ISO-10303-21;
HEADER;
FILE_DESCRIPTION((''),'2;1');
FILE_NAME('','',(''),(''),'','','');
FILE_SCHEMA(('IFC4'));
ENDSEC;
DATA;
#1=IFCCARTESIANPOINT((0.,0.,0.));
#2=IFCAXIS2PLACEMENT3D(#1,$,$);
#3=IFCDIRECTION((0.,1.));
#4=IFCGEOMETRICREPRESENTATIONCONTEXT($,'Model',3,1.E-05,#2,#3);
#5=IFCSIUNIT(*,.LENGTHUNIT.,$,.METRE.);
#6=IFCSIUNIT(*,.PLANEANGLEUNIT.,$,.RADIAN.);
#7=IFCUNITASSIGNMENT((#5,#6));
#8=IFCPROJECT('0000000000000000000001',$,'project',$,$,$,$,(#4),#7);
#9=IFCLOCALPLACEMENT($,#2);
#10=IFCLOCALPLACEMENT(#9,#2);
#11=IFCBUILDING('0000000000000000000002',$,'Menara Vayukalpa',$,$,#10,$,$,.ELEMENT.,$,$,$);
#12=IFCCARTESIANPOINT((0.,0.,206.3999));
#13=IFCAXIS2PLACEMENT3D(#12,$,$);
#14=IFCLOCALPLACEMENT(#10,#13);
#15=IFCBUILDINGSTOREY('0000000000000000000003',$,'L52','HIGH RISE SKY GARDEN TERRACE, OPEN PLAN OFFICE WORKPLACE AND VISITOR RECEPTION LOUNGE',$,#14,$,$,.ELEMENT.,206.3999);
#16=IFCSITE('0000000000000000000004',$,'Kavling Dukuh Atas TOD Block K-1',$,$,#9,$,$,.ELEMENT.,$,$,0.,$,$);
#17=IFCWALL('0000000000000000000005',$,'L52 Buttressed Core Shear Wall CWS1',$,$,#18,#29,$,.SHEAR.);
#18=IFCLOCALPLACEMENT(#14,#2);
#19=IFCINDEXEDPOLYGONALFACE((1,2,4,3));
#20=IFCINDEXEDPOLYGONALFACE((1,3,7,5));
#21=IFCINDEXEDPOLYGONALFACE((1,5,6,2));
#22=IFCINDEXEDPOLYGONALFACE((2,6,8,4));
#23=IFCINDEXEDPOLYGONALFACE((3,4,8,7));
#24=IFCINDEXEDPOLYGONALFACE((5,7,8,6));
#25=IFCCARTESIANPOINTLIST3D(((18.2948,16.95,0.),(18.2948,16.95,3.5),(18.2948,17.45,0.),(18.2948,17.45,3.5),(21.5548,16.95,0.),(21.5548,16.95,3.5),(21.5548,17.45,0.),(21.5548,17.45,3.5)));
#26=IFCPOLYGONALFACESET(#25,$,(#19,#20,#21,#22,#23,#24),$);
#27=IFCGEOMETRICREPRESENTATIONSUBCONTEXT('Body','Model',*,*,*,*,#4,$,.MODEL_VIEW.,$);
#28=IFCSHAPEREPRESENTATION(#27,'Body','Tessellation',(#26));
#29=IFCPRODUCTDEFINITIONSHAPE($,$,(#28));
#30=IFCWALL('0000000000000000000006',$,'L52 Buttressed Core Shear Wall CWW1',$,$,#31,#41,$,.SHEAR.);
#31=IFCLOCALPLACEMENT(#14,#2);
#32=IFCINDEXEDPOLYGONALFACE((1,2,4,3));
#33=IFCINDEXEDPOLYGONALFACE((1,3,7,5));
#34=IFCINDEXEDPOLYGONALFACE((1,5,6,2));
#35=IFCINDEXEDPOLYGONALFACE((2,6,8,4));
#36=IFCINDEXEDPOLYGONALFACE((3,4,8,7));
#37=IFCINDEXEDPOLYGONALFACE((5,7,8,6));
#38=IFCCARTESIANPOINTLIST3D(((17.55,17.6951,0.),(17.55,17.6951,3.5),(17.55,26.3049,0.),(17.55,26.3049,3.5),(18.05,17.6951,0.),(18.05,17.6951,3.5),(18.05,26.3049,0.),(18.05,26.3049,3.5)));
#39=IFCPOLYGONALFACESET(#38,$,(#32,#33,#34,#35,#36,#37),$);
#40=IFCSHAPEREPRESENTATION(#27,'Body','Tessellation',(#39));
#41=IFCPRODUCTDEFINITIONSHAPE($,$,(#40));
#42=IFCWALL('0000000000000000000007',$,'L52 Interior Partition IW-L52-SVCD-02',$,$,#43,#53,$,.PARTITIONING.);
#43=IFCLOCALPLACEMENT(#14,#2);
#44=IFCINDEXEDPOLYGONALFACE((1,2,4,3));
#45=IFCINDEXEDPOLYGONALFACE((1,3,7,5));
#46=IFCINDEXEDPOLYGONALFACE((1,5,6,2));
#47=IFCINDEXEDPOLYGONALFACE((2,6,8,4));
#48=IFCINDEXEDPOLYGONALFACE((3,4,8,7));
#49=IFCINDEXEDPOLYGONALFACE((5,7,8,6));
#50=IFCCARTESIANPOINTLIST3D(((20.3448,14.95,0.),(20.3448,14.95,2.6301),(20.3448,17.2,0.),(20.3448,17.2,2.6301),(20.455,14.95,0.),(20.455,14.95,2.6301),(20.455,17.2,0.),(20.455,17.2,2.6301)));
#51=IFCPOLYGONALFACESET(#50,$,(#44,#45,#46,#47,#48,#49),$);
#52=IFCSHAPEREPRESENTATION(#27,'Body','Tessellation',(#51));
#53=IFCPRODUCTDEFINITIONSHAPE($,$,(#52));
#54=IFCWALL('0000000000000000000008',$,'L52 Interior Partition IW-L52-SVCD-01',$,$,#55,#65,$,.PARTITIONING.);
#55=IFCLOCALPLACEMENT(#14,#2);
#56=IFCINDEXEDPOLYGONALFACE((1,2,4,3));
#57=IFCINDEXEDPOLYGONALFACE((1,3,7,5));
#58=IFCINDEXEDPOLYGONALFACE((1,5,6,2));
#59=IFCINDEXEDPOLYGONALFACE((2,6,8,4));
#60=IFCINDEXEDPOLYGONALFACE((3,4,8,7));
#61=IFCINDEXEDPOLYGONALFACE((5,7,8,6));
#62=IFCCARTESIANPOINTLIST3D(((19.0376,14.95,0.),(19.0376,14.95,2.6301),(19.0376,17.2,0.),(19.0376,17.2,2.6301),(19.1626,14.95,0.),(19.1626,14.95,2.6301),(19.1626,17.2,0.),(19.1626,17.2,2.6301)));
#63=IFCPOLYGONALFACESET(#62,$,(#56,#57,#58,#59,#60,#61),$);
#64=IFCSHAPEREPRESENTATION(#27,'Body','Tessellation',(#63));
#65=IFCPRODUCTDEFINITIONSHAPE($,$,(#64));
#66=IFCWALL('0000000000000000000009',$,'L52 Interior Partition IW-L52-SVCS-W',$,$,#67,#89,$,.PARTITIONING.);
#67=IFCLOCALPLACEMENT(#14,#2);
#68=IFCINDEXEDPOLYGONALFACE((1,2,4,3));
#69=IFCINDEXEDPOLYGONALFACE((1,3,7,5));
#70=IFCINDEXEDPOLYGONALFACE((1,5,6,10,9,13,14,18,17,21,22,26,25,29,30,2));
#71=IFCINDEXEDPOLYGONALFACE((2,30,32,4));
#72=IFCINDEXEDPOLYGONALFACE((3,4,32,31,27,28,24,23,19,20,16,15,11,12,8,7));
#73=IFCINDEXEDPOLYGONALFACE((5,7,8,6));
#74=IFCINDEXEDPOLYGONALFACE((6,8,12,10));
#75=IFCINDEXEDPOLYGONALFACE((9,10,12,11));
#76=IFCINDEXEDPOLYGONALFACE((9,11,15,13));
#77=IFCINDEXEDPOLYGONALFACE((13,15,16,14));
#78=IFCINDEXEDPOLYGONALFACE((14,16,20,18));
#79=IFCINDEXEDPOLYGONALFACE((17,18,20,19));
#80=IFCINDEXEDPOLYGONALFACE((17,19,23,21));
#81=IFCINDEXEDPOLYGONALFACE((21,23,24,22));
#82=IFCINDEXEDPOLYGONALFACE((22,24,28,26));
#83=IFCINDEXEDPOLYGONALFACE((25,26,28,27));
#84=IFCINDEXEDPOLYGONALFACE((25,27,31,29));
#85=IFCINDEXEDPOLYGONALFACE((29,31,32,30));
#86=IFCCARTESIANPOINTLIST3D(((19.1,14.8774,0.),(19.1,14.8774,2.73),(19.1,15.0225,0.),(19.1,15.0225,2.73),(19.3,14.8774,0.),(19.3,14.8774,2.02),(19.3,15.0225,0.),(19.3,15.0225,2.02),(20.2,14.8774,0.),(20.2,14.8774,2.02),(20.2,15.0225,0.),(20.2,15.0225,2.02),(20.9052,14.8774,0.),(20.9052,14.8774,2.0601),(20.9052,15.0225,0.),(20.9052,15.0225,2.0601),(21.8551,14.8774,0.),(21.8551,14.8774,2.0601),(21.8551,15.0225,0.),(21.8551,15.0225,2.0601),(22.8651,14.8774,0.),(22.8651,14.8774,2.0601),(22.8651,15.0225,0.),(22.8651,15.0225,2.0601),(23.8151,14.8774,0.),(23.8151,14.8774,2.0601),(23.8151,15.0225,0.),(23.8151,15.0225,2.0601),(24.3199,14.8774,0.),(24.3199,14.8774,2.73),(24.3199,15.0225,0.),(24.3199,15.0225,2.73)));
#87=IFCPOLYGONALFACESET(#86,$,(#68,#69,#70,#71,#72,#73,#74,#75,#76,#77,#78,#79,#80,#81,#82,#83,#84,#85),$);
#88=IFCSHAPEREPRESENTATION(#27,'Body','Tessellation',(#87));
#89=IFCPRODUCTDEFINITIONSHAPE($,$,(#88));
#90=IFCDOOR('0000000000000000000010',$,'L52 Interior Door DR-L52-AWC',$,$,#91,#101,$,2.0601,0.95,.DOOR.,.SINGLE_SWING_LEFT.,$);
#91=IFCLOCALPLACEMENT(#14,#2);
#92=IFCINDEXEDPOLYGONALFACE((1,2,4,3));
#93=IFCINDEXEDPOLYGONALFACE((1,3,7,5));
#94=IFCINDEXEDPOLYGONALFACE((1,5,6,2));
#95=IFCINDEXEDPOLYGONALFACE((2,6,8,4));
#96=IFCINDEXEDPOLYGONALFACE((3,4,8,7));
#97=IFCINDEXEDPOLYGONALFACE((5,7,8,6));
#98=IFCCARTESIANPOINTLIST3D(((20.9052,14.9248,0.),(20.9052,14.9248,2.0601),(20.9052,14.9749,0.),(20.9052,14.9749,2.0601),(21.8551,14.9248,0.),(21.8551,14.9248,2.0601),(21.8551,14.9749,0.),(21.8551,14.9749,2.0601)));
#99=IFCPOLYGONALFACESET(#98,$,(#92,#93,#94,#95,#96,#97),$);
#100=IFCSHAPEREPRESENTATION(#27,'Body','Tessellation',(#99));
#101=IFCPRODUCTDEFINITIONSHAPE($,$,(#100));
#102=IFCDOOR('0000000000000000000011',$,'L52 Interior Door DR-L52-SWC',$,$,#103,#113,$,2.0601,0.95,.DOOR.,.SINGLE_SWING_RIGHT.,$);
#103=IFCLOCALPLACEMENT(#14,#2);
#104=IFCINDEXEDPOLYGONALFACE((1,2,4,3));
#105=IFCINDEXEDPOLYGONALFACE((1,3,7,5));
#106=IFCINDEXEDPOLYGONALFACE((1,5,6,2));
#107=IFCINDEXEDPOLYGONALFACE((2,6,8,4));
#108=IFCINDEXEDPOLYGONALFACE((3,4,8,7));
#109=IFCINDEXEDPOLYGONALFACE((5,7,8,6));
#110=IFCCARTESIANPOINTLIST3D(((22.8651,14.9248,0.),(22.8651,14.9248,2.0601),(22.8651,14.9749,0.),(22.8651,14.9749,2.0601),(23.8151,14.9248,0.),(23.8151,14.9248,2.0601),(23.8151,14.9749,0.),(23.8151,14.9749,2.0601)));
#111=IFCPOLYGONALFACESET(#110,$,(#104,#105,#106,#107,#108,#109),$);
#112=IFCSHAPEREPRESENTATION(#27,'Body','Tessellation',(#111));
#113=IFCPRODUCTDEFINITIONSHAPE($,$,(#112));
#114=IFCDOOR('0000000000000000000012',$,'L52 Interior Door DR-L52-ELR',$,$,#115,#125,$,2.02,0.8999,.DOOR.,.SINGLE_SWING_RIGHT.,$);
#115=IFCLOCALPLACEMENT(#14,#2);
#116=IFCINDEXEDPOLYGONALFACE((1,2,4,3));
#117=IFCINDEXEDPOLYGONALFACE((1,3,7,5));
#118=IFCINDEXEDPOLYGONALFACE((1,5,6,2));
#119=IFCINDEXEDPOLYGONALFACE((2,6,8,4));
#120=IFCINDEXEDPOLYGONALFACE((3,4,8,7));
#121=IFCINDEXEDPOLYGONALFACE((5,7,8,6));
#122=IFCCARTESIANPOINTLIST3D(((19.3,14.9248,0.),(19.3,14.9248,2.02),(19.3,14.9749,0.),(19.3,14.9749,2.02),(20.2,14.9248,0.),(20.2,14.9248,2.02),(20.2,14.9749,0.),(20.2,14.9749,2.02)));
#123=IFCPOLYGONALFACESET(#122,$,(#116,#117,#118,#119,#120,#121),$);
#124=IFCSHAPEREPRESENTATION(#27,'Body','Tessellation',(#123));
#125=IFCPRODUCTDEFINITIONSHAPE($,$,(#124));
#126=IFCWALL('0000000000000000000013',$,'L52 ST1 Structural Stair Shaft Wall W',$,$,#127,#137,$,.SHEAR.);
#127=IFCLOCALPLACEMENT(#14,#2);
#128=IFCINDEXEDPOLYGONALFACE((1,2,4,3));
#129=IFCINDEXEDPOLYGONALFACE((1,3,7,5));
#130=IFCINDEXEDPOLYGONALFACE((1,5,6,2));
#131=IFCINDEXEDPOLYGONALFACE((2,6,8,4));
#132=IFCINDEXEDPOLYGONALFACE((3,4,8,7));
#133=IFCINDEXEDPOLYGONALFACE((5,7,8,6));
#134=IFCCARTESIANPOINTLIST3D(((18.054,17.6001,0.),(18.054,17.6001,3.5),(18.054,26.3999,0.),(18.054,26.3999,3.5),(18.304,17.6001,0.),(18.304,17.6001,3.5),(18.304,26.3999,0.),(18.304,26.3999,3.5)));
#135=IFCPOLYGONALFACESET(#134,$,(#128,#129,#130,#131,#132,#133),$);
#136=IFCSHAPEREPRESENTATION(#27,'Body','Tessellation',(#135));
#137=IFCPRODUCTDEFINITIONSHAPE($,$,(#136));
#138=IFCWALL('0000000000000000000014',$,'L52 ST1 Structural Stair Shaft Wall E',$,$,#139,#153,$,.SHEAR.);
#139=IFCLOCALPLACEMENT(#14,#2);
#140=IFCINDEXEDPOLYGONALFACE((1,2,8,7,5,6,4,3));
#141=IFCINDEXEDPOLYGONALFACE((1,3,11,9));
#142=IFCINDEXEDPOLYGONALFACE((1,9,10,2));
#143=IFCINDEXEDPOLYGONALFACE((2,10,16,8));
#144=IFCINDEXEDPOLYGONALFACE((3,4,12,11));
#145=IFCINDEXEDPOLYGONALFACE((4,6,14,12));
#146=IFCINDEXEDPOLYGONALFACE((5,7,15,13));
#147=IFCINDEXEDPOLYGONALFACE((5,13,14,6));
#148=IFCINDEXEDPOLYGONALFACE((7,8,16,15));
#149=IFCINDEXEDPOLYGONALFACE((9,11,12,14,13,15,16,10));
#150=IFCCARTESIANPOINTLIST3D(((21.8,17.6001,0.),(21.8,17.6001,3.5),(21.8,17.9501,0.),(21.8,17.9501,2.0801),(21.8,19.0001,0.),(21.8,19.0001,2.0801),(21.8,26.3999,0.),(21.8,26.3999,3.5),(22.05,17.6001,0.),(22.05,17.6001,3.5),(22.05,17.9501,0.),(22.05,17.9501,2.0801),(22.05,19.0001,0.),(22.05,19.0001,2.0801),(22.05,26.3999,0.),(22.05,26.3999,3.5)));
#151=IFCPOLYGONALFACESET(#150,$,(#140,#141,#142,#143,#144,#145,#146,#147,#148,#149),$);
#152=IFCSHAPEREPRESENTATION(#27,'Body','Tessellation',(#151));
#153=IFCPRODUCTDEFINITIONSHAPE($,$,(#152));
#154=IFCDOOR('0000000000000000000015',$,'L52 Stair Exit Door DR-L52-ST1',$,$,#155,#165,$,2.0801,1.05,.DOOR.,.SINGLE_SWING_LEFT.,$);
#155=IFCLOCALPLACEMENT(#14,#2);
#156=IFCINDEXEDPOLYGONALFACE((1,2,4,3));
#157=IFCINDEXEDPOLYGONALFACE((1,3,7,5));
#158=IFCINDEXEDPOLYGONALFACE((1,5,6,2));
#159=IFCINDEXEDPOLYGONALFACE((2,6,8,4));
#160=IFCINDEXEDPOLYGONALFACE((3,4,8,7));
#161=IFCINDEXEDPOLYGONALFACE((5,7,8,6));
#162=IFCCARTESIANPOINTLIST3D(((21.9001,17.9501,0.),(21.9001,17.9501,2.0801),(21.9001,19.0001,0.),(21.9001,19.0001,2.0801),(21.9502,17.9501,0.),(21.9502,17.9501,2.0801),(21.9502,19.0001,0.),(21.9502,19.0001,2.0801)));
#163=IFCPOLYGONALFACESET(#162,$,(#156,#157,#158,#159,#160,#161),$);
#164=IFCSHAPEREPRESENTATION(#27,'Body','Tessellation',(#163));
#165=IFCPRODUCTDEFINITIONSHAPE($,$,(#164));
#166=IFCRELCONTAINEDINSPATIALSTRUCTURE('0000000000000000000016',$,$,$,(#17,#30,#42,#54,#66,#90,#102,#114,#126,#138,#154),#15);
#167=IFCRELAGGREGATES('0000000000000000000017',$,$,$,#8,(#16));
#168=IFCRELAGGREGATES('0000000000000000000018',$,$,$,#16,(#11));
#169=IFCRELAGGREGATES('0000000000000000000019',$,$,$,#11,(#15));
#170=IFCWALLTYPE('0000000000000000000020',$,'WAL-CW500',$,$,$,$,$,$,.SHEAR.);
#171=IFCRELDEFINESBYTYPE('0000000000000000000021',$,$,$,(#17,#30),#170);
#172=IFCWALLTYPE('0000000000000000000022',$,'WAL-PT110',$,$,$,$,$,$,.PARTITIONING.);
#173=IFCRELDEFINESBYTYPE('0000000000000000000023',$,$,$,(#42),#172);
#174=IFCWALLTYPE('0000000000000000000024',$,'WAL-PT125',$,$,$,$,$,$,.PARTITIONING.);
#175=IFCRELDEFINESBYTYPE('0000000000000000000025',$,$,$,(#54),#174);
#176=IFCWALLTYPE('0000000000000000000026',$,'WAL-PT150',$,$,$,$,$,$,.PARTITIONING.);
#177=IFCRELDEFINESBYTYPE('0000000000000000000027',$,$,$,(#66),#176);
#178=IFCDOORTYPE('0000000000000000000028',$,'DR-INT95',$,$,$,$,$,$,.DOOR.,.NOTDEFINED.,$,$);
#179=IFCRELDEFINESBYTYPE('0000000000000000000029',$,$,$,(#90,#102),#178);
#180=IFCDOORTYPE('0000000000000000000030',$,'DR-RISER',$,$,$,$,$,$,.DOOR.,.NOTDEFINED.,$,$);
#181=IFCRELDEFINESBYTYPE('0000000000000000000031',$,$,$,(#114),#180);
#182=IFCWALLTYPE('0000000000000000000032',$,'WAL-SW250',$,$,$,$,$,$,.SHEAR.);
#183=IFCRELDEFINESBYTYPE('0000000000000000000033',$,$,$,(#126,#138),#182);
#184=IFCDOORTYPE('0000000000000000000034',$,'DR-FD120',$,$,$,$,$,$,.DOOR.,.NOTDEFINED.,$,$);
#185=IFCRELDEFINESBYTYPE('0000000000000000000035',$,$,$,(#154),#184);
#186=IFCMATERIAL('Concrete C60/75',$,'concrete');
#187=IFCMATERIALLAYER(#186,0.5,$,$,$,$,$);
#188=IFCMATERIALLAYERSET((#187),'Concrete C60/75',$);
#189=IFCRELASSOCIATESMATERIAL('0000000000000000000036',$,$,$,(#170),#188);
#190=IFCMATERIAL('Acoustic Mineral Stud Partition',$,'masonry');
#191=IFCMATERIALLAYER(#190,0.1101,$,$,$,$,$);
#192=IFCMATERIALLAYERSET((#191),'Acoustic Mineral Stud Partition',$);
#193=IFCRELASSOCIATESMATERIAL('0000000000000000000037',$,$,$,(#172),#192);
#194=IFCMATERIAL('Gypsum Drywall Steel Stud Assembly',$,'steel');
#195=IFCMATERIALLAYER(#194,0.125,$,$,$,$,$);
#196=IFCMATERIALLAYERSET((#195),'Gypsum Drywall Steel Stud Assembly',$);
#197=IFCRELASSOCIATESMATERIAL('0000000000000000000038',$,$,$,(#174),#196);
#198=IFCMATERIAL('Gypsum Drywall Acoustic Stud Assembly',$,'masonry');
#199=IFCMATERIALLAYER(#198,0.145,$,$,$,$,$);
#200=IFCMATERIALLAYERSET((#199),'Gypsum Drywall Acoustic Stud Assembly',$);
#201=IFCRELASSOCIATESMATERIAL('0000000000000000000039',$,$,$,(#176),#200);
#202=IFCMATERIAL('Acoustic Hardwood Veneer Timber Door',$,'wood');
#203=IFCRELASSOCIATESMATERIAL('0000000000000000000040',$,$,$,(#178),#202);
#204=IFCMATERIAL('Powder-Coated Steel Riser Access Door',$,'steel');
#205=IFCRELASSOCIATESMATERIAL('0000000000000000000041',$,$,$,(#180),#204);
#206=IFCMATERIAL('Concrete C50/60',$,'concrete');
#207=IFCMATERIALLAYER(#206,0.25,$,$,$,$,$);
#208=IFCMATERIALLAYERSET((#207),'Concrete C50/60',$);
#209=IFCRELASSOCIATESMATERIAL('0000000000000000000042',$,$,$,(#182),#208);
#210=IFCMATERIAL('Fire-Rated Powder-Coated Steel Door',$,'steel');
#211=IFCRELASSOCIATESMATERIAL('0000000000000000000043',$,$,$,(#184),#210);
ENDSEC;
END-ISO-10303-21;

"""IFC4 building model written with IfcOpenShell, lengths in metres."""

from ifc_helpers import new_model, si_unit, direction, frame, frame_2d, origin, place, context, subcontext, project, spatial, rectangle, extrude, material, layer, layer_set, type_object, element, fill, save


model = new_model("IFC4")

# Units and contexts
model_context = context("Model", 3, precision=1e-05, world=origin(), true_north=direction((0.0, 1.0)))
body_context = subcontext(model_context, "Body", "Model", "MODEL_VIEW")
ifc_project = project(units=[si_unit("LENGTHUNIT", "METRE"), si_unit("PLANEANGLEUNIT", "RADIAN")], contexts=[model_context])

# Site, building, storey
site_placement = place(None, origin())
site = spatial("IfcSite", under=ifc_project, at=site_placement, Name="Kavling Dukuh Atas TOD Block K-1", CompositionType="ELEMENT", RefElevation=0.0)
building_placement = place(site_placement, origin())
building = spatial("IfcBuilding", under=site, at=building_placement, Name="Menara Vayukalpa", CompositionType="ELEMENT")
storey_placement = place(building_placement, frame((0.0, 0.0, 206.3999)))
storey = spatial("IfcBuildingStorey", under=building, at=storey_placement, Name="L52", Description="HIGH RISE SKY GARDEN TERRACE, OPEN PLAN OFFICE WORKPLACE AND VISITOR RECEPTION LOUNGE", CompositionType="ELEMENT", Elevation=206.3999)

# Walls
ifc_material_1 = material(Name="Concrete C60/75", Category="concrete")
ifc_layer_1 = layer(ifc_material_1, 0.5)
ifc_layer_set_1 = layer_set([ifc_layer_1], Name="Concrete C60/75")
wall_type_1 = type_object("IfcWallType", Name="WAL-CW500", PredefinedType="SHEAR", material=ifc_layer_set_1)
wall_1_placement = place(storey_placement, frame((18.2949, 17.2, 0.0), z_axis=(0.0, 0.0, 1.0), x_axis=(1.0, 0.0, 0.0)))
element("IfcWall", 1, at=wall_1_placement, inside=storey, type_object=wall_type_1, Name="L52 Buttressed Core Shear Wall CWS1", PredefinedType="SHEAR", context=body_context, shape_type="SweptSolid", body=[
    extrude(rectangle(XDim=3.26, YDim=0.5, at=frame_2d((1.6299, 0.0))), origin(), (0.0, 0.0, 1.0), 3.5),
])
wall_2_placement = place(storey_placement, frame((17.8, 17.6951, 0.0), z_axis=(0.0, 0.0, 1.0), x_axis=(0.0, 1.0, 0.0)))
element("IfcWall", 2, at=wall_2_placement, inside=storey, type_object=wall_type_1, Name="L52 Buttressed Core Shear Wall CWW1", PredefinedType="SHEAR", context=body_context, shape_type="SweptSolid", body=[
    extrude(rectangle(XDim=8.6099, YDim=0.5, at=frame_2d((4.3049, 0.0))), origin(), (0.0, 0.0, 1.0), 3.5),
])
ifc_material_2 = material(Name="Acoustic Mineral Stud Partition", Category="masonry")
ifc_layer_2 = layer(ifc_material_2, 0.1101)
ifc_layer_set_2 = layer_set([ifc_layer_2], Name="Acoustic Mineral Stud Partition")
wall_type_2 = type_object("IfcWallType", Name="WAL-PT110", PredefinedType="PARTITIONING", material=ifc_layer_set_2)
wall_3_placement = place(storey_placement, frame((20.3999, 14.95, 0.0), z_axis=(0.0, 0.0, 1.0), x_axis=(0.0, 1.0, 0.0)))
element("IfcWall", 3, at=wall_3_placement, inside=storey, type_object=wall_type_2, Name="L52 Interior Partition IW-L52-SVCD-02", PredefinedType="PARTITIONING", context=body_context, shape_type="SweptSolid", body=[
    extrude(rectangle(XDim=2.25, YDim=0.1101, at=frame_2d((1.125, 0.0))), origin(), (0.0, 0.0, 1.0), 2.6301),
])
ifc_material_3 = material(Name="Gypsum Drywall Steel Stud Assembly", Category="steel")
ifc_layer_3 = layer(ifc_material_3, 0.125)
ifc_layer_set_3 = layer_set([ifc_layer_3], Name="Gypsum Drywall Steel Stud Assembly")
wall_type_3 = type_object("IfcWallType", Name="WAL-PT125", PredefinedType="PARTITIONING", material=ifc_layer_set_3)
wall_4_placement = place(storey_placement, frame((19.1001, 14.95, 0.0), z_axis=(0.0, 0.0, 1.0), x_axis=(0.0, 1.0, 0.0)))
element("IfcWall", 4, at=wall_4_placement, inside=storey, type_object=wall_type_3, Name="L52 Interior Partition IW-L52-SVCD-01", PredefinedType="PARTITIONING", context=body_context, shape_type="SweptSolid", body=[
    extrude(rectangle(XDim=2.25, YDim=0.125, at=frame_2d((1.125, 0.0))), origin(), (0.0, 0.0, 1.0), 2.6301),
])

# Wall, openings, doors
ifc_material_4 = material(Name="Gypsum Drywall Acoustic Stud Assembly", Category="masonry")
ifc_layer_4 = layer(ifc_material_4, 0.145)
ifc_layer_set_4 = layer_set([ifc_layer_4], Name="Gypsum Drywall Acoustic Stud Assembly")
wall_type_4 = type_object("IfcWallType", Name="WAL-PT150", PredefinedType="PARTITIONING", material=ifc_layer_set_4)
wall_5_placement = place(storey_placement, frame((19.1001, 14.95, 0.0), z_axis=(0.0, 0.0, 1.0), x_axis=(1.0, 0.0, 0.0)))
wall_5 = element("IfcWall", 5, at=wall_5_placement, inside=storey, type_object=wall_type_4, Name="L52 Interior Partition IW-L52-SVCS-W", PredefinedType="PARTITIONING", context=body_context, shape_type="SweptSolid", body=[
    extrude(rectangle(XDim=5.22, YDim=0.145, at=frame_2d((2.6099, 0.0))), origin(), (0.0, 0.0, 1.0), 2.73),
])
opening_1_placement = place(wall_5_placement, frame((0.2, 0.0, 0.0)))
opening_1 = element("IfcOpeningElement", 6, at=opening_1_placement, cuts=wall_5, PredefinedType="OPENING", context=body_context, shape_type="SweptSolid", body=[
    extrude(rectangle(XDim=0.8999, YDim=2.02, at=frame_2d((0.45, 1.01))), frame((0.0, 0.0825, 0.0), z_axis=(0.0, -1.0, 0.0), x_axis=(1.0, 0.0, 0.0)), (0.0, 0.0, 1.0), 0.165),
])
opening_2_placement = place(wall_5_placement, frame((1.8049, 0.0, 0.0)))
opening_2 = element("IfcOpeningElement", 7, at=opening_2_placement, cuts=wall_5, PredefinedType="OPENING", context=body_context, shape_type="SweptSolid", body=[
    extrude(rectangle(XDim=0.95, YDim=2.0601, at=frame_2d((0.4751, 1.03))), frame((0.0, 0.0825, 0.0), z_axis=(0.0, -1.0, 0.0), x_axis=(1.0, 0.0, 0.0)), (0.0, 0.0, 1.0), 0.165),
])
opening_3_placement = place(wall_5_placement, frame((3.7649, 0.0, 0.0)))
opening_3 = element("IfcOpeningElement", 8, at=opening_3_placement, cuts=wall_5, PredefinedType="OPENING", context=body_context, shape_type="SweptSolid", body=[
    extrude(rectangle(XDim=0.95, YDim=2.0601, at=frame_2d((0.4751, 1.03))), frame((0.0, 0.0825, 0.0), z_axis=(0.0, -1.0, 0.0), x_axis=(1.0, 0.0, 0.0)), (0.0, 0.0, 1.0), 0.165),
])
ifc_material_5 = material(Name="Acoustic Hardwood Veneer Timber Door", Category="wood")
door_type_1 = type_object("IfcDoorType", Name="DR-INT95", OperationType="NOTDEFINED", PredefinedType="DOOR", material=ifc_material_5)
door_1_placement = place(opening_2_placement, origin())
door_1 = element("IfcDoor", 9, at=door_1_placement, inside=storey, type_object=door_type_1, Name="L52 Interior Door DR-L52-AWC", OperationType="SINGLE_SWING_LEFT", OverallHeight=2.0601, OverallWidth=0.95, PredefinedType="DOOR", context=body_context, shape_type="SweptSolid", body=[
    extrude(rectangle(XDim=0.95, YDim=2.0601, at=frame_2d((0.4751, 1.03))), frame((0.0, 0.0249, 0.0), z_axis=(0.0, -1.0, 0.0), x_axis=(1.0, 0.0, 0.0)), (0.0, 0.0, 1.0), 0.05),
])
fill(opening_2, door_1)
door_2_placement = place(opening_3_placement, origin())
door_2 = element("IfcDoor", 10, at=door_2_placement, inside=storey, type_object=door_type_1, Name="L52 Interior Door DR-L52-SWC", OperationType="SINGLE_SWING_RIGHT", OverallHeight=2.0601, OverallWidth=0.95, PredefinedType="DOOR", context=body_context, shape_type="SweptSolid", body=[
    extrude(rectangle(XDim=0.95, YDim=2.0601, at=frame_2d((0.4751, 1.03))), frame((0.0, 0.0249, 0.0), z_axis=(0.0, -1.0, 0.0), x_axis=(1.0, 0.0, 0.0)), (0.0, 0.0, 1.0), 0.05),
])
fill(opening_3, door_2)
ifc_material_6 = material(Name="Powder-Coated Steel Riser Access Door", Category="steel")
door_type_2 = type_object("IfcDoorType", Name="DR-RISER", OperationType="NOTDEFINED", PredefinedType="DOOR", material=ifc_material_6)
door_3_placement = place(opening_1_placement, origin())
door_3 = element("IfcDoor", 11, at=door_3_placement, inside=storey, type_object=door_type_2, Name="L52 Interior Door DR-L52-ELR", OperationType="SINGLE_SWING_RIGHT", OverallHeight=2.02, OverallWidth=0.8999, PredefinedType="DOOR", context=body_context, shape_type="SweptSolid", body=[
    extrude(rectangle(XDim=0.8999, YDim=2.02, at=frame_2d((0.45, 1.01))), frame((0.0, 0.0249, 0.0), z_axis=(0.0, -1.0, 0.0), x_axis=(1.0, 0.0, 0.0)), (0.0, 0.0, 1.0), 0.05),
])
fill(opening_1, door_3)

# Wall
ifc_material_7 = material(Name="Concrete C50/60", Category="concrete")
ifc_layer_5 = layer(ifc_material_7, 0.25)
ifc_layer_set_5 = layer_set([ifc_layer_5], Name="Concrete C50/60")
wall_type_5 = type_object("IfcWallType", Name="WAL-SW250", PredefinedType="SHEAR", material=ifc_layer_set_5)
wall_6_placement = place(storey_placement, frame((18.179, 17.6001, 0.0), z_axis=(0.0, 0.0, 1.0), x_axis=(0.0, 1.0, 0.0)))
element("IfcWall", 12, at=wall_6_placement, inside=storey, type_object=wall_type_5, Name="L52 ST1 Structural Stair Shaft Wall W", PredefinedType="SHEAR", context=body_context, shape_type="SweptSolid", body=[
    extrude(rectangle(XDim=8.7998, YDim=0.25, at=frame_2d((4.3999, 0.0))), origin(), (0.0, 0.0, 1.0), 3.5),
])

# Wall, opening, door
wall_7_placement = place(storey_placement, frame((21.925, 17.6001, 0.0), z_axis=(0.0, 0.0, 1.0), x_axis=(0.0, 1.0, 0.0)))
wall_7 = element("IfcWall", 13, at=wall_7_placement, inside=storey, type_object=wall_type_5, Name="L52 ST1 Structural Stair Shaft Wall E", PredefinedType="SHEAR", context=body_context, shape_type="SweptSolid", body=[
    extrude(rectangle(XDim=8.7998, YDim=0.25, at=frame_2d((4.3999, 0.0))), origin(), (0.0, 0.0, 1.0), 3.5),
])
opening_4_placement = place(wall_7_placement, frame((0.3501, 0.0, 0.0)))
opening_4 = element("IfcOpeningElement", 14, at=opening_4_placement, cuts=wall_7, PredefinedType="OPENING", context=body_context, shape_type="SweptSolid", body=[
    extrude(rectangle(XDim=1.05, YDim=2.0801, at=frame_2d((0.5249, 1.04))), frame((0.0, 0.135, 0.0), z_axis=(0.0, -1.0, 0.0), x_axis=(1.0, 0.0, 0.0)), (0.0, 0.0, 1.0), 0.27),
])
ifc_material_8 = material(Name="Fire-Rated Powder-Coated Steel Door", Category="steel")
door_type_3 = type_object("IfcDoorType", Name="DR-FD120", OperationType="NOTDEFINED", PredefinedType="DOOR", material=ifc_material_8)
door_4_placement = place(opening_4_placement, origin())
door_4 = element("IfcDoor", 15, at=door_4_placement, inside=storey, type_object=door_type_3, Name="L52 Stair Exit Door DR-L52-ST1", OperationType="SINGLE_SWING_LEFT", OverallHeight=2.0801, OverallWidth=1.05, PredefinedType="DOOR", context=body_context, shape_type="SweptSolid", body=[
    extrude(rectangle(XDim=1.05, YDim=2.0801, at=frame_2d((0.5249, 1.04))), frame((0.0, 0.0249, 0.0), z_axis=(0.0, -1.0, 0.0), x_axis=(1.0, 0.0, 0.0)), (0.0, 0.0, 1.0), 0.05),
])
fill(opening_4, door_4)

save(model, "model.ifc")
